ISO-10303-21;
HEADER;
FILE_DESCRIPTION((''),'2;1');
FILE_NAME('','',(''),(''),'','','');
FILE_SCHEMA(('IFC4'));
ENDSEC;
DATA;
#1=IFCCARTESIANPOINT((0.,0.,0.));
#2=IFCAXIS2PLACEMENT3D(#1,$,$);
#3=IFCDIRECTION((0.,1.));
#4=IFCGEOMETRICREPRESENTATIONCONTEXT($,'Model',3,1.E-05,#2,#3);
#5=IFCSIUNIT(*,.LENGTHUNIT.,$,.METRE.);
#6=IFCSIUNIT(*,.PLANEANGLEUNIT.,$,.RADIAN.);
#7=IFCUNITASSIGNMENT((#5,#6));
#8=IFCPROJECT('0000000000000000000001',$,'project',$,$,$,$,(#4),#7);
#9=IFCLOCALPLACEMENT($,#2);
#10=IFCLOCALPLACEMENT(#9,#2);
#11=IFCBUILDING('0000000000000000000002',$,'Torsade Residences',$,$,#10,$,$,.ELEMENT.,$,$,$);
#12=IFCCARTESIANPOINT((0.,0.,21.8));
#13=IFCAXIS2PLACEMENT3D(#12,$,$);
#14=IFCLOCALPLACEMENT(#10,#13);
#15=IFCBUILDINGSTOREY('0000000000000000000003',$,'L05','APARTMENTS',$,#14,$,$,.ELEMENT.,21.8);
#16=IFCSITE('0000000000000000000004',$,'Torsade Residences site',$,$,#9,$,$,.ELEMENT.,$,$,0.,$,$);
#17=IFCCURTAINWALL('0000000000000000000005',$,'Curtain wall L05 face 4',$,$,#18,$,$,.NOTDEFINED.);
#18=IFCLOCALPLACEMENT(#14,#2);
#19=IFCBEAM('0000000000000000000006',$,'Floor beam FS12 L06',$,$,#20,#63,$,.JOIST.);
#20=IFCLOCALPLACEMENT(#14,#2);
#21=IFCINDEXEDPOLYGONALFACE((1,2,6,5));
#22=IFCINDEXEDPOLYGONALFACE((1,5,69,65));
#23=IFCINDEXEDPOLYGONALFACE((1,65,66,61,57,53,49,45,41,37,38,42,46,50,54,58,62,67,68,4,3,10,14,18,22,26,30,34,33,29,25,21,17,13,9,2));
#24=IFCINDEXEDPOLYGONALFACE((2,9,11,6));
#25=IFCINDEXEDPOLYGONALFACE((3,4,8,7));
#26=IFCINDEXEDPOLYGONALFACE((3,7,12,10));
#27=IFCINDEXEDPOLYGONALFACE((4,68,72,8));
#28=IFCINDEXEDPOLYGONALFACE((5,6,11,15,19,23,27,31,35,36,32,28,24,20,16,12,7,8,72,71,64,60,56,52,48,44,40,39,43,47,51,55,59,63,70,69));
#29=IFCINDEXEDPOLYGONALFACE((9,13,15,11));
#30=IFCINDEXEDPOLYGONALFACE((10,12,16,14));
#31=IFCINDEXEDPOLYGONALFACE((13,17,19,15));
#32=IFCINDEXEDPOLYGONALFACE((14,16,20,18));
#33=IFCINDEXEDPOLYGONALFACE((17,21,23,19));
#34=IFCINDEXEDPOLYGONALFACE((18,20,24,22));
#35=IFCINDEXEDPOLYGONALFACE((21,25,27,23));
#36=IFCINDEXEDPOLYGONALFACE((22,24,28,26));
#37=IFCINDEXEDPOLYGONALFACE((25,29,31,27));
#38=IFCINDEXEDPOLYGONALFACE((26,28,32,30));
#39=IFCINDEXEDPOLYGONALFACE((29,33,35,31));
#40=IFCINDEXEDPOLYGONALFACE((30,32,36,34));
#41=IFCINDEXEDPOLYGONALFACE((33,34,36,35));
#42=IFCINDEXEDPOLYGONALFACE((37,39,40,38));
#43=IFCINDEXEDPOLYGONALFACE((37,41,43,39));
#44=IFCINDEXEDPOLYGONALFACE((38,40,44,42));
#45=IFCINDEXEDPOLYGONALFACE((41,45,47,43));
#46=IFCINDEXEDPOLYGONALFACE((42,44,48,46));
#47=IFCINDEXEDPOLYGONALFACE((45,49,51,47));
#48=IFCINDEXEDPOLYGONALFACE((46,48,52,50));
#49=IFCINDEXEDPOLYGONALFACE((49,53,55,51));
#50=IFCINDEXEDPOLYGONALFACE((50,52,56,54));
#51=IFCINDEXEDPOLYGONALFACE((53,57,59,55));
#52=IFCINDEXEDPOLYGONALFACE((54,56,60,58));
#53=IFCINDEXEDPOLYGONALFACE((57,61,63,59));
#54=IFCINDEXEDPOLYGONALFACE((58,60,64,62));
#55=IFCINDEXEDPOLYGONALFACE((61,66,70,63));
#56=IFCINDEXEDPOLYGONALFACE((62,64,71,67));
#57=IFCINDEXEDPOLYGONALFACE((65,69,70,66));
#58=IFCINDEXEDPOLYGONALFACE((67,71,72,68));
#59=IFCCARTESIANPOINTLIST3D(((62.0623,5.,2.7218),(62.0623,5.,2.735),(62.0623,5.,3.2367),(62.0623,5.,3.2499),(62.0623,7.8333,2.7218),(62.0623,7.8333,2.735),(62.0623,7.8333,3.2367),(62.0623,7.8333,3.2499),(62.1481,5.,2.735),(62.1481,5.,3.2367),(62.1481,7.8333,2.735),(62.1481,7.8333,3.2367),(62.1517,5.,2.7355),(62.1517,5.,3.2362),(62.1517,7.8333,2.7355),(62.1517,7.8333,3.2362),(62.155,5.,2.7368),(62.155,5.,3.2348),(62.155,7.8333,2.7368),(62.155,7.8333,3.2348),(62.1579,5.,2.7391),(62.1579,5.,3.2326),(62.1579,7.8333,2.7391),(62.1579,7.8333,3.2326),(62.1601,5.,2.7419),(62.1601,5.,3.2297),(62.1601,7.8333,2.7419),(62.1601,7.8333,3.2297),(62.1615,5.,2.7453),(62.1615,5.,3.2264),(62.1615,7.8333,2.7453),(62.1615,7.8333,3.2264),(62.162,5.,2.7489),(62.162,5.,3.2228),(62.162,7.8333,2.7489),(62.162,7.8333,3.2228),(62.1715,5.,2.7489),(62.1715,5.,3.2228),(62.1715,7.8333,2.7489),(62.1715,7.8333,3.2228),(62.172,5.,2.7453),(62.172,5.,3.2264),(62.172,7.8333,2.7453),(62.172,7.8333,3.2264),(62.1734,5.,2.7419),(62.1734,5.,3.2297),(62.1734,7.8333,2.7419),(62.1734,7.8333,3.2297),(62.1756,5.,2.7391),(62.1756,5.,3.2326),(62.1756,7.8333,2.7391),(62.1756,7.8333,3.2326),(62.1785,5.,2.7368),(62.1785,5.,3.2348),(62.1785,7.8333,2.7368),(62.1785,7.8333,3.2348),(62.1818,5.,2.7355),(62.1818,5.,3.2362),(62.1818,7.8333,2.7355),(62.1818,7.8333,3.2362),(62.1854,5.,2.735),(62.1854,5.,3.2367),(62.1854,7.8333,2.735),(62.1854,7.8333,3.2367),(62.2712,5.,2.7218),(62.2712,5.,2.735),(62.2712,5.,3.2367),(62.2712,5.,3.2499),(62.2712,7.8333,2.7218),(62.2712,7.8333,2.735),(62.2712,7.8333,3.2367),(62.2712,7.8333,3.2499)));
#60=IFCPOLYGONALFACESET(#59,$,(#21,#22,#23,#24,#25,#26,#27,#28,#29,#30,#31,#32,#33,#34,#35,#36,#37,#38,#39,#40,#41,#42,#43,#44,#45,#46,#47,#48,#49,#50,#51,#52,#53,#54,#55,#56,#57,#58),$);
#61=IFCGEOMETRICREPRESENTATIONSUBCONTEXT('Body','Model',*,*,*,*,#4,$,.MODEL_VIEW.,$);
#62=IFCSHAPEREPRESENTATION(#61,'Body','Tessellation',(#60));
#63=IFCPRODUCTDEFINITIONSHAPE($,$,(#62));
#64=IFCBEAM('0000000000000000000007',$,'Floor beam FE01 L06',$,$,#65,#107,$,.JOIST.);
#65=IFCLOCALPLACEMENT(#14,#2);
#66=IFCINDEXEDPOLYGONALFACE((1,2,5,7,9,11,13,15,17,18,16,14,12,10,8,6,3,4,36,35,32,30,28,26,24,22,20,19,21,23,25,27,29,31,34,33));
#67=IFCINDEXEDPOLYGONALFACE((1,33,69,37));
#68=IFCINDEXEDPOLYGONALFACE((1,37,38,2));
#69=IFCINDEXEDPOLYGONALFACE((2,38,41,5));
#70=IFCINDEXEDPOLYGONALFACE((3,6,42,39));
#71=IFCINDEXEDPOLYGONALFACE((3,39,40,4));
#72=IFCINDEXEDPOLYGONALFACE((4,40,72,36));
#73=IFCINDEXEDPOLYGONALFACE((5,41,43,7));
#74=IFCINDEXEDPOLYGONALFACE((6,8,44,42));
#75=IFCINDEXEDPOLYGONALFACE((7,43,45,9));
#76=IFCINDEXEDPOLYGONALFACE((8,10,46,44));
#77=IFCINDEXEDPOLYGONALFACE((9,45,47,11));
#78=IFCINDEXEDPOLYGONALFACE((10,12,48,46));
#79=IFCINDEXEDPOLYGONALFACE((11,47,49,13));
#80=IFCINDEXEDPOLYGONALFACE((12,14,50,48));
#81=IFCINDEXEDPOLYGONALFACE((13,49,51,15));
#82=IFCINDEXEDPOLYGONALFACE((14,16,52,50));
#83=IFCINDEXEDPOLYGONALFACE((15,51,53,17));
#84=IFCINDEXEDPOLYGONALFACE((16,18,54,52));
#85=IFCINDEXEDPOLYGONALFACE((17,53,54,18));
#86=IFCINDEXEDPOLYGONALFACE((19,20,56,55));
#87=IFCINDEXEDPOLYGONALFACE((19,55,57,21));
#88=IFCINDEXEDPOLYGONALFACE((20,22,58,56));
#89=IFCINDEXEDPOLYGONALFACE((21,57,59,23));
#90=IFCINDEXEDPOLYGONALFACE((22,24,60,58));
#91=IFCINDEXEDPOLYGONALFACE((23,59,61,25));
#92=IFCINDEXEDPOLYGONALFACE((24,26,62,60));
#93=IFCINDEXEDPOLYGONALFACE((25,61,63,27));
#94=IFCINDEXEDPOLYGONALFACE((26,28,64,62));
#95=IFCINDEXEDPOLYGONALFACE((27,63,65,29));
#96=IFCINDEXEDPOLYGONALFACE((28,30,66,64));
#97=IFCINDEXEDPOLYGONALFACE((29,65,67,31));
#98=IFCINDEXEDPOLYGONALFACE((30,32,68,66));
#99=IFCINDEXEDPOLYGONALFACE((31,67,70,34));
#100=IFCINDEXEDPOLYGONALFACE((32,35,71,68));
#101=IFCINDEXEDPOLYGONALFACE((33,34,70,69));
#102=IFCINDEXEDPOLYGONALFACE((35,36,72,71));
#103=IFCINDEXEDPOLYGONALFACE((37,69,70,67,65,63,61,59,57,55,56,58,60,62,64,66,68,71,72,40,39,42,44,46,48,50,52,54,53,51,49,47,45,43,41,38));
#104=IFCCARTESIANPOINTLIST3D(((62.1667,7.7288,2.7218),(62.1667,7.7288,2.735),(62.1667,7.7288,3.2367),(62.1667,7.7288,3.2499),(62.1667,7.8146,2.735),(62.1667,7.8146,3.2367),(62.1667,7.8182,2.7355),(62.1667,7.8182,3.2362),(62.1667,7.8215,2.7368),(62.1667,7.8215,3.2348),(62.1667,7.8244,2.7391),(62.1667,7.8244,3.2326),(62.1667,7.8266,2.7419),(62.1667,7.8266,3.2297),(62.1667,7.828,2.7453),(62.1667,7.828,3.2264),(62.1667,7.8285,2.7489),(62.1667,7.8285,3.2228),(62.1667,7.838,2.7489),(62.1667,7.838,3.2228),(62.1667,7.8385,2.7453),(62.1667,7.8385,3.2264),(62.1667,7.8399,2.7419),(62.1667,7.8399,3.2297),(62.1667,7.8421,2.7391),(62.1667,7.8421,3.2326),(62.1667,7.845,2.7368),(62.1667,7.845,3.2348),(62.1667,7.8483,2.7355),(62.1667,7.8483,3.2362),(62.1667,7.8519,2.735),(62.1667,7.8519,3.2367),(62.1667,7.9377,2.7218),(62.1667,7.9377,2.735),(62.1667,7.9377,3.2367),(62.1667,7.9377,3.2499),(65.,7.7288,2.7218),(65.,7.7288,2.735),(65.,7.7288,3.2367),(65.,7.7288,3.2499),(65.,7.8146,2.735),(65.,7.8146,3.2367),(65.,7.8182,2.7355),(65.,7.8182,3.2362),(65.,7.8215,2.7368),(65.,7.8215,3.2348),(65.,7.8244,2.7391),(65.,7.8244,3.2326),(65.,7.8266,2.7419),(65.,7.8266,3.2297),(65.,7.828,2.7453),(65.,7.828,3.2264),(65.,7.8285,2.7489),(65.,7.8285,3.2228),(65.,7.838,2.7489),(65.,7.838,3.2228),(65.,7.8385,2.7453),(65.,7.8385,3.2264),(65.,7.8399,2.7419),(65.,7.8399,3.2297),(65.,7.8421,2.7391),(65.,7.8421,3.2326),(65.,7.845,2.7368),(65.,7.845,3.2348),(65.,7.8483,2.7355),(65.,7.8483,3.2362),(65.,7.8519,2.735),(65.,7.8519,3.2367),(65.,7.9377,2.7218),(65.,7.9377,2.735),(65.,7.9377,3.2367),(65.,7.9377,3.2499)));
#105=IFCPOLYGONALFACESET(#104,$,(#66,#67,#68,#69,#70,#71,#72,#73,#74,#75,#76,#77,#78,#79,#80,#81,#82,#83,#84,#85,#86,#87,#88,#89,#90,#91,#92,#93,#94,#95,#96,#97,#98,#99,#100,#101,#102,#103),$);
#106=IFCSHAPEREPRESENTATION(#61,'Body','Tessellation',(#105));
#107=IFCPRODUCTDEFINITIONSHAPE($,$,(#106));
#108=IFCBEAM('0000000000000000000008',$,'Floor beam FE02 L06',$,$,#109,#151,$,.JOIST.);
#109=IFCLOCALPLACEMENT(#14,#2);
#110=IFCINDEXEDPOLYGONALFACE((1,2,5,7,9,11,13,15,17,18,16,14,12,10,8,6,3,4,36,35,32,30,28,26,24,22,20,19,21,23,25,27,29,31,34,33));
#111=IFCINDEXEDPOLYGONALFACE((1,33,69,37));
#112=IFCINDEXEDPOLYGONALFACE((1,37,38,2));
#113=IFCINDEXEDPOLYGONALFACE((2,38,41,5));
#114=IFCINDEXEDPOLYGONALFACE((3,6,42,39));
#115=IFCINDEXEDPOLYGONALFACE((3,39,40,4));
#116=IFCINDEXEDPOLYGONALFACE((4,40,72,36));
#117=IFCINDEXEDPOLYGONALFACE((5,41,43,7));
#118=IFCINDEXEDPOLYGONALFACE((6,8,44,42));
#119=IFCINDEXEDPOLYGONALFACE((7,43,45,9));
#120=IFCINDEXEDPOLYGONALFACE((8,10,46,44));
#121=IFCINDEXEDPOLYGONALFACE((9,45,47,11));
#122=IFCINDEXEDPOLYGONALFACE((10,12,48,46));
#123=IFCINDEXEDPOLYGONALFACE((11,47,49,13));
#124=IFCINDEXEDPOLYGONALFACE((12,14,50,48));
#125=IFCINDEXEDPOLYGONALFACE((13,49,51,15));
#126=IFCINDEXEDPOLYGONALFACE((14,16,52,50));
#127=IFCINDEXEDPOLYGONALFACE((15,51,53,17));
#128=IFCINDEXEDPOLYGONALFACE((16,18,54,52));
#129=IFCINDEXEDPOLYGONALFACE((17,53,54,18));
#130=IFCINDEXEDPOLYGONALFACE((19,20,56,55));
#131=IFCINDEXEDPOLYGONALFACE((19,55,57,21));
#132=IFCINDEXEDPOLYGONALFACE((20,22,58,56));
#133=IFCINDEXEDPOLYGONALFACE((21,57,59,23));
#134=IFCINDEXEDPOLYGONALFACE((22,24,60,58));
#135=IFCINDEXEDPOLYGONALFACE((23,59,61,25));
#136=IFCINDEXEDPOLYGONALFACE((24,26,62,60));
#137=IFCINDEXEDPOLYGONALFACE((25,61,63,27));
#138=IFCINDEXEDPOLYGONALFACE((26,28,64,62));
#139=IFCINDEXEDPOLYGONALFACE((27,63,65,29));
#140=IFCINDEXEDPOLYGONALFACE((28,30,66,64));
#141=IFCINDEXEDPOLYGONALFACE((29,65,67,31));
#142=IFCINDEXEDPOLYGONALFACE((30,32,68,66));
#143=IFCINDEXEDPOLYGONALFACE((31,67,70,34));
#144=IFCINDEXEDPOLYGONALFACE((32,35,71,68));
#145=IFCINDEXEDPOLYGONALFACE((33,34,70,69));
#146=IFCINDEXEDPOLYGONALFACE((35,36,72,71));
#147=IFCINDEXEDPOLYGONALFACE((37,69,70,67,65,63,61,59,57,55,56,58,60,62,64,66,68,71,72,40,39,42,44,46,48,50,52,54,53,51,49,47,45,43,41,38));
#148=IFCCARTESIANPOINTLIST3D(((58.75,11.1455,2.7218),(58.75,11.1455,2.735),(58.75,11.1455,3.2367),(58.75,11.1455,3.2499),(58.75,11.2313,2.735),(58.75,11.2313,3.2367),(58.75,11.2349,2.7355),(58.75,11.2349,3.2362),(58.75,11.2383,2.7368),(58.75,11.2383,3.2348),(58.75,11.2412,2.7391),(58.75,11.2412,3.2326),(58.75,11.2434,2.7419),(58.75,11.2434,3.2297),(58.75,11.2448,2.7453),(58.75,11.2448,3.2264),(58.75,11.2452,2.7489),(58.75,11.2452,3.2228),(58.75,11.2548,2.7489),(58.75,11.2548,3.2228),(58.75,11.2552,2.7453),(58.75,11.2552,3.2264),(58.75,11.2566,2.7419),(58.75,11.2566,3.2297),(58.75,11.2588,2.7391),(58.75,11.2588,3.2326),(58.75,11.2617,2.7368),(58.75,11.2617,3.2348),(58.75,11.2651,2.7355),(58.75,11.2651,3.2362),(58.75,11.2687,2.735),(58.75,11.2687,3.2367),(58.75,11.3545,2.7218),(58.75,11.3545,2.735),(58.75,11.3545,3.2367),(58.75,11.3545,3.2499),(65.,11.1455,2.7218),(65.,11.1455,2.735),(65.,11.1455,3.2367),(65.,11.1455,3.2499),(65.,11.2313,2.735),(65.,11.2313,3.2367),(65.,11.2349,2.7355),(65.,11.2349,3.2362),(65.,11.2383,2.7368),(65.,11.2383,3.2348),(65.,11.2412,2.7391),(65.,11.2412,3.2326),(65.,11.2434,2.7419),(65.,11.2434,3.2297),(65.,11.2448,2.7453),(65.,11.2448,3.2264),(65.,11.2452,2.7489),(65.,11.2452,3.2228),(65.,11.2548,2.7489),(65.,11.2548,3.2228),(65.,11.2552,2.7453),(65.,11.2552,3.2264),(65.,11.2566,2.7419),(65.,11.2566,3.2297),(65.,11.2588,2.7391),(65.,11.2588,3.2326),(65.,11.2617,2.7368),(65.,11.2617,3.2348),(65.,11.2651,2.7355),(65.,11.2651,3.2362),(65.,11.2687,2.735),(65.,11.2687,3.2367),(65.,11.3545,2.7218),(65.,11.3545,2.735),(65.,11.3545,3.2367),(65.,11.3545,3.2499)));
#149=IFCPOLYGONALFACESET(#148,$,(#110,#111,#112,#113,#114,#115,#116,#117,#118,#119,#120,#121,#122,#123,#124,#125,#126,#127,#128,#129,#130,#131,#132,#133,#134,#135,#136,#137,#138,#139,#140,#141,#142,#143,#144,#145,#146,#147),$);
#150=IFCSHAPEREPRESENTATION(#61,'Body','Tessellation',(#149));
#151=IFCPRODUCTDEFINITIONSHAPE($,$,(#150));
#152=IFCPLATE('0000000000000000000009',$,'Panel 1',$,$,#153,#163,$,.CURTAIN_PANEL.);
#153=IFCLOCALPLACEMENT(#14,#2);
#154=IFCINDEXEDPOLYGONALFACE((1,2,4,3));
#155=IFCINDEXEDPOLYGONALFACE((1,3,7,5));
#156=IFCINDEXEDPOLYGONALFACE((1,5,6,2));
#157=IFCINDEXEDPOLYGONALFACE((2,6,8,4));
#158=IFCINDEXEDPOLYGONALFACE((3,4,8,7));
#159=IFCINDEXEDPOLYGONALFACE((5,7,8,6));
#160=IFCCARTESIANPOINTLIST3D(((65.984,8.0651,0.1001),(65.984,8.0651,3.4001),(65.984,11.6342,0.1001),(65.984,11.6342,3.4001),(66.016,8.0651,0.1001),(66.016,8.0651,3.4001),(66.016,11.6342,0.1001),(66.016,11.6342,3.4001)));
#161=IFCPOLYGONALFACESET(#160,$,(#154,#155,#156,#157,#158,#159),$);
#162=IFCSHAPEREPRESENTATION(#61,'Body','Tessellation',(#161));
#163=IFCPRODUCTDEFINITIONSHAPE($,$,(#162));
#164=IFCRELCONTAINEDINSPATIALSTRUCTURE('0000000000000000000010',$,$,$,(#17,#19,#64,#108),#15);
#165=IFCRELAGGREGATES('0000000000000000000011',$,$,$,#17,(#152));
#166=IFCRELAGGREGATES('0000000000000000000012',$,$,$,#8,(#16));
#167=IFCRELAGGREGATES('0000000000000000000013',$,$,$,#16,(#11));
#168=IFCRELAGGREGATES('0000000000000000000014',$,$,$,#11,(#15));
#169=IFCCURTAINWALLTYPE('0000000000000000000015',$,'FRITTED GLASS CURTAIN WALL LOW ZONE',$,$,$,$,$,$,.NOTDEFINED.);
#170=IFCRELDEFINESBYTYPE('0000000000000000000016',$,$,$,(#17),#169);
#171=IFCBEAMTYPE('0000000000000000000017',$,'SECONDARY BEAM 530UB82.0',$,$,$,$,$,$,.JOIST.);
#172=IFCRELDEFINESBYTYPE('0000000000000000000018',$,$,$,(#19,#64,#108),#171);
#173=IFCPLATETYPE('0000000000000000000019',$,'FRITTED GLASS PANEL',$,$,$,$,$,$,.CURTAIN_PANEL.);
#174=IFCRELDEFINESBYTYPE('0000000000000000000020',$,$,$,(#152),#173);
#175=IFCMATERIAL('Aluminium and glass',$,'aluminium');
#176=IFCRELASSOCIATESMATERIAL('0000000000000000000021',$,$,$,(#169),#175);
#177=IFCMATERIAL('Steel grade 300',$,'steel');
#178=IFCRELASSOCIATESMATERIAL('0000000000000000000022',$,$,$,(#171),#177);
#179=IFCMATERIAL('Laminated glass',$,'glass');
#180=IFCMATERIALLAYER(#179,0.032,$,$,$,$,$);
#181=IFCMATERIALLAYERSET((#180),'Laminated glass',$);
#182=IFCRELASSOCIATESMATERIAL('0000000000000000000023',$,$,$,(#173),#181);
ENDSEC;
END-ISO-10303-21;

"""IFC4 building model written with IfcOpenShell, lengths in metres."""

from ifc_helpers import new_model, si_unit, direction, frame, origin, origin_2d, place, context, subcontext, project, spatial, rectangle, i_section, extrude, material, layer, layer_set, material_profile, profile_set, type_object, element, aggregate, save


model = new_model("IFC4")

# Units and contexts
model_context = context("Model", 3, precision=1e-05, world=origin(), true_north=direction((0.0, 1.0)))
body_context = subcontext(model_context, "Body", "Model", "MODEL_VIEW")
ifc_project = project(units=[si_unit("LENGTHUNIT", "METRE"), si_unit("PLANEANGLEUNIT", "RADIAN")], contexts=[model_context])

# Site, building, storey
site_placement = place(None, origin())
site = spatial("IfcSite", under=ifc_project, at=site_placement, Name="Torsade Residences site", CompositionType="ELEMENT", RefElevation=0.0)
building_placement = place(site_placement, origin())
building = spatial("IfcBuilding", under=site, at=building_placement, Name="Torsade Residences", CompositionType="ELEMENT")
storey_placement = place(building_placement, frame((0.0, 0.0, 21.8)))
storey = spatial("IfcBuildingStorey", under=building, at=storey_placement, Name="L05", Description="APARTMENTS", CompositionType="ELEMENT", Elevation=21.8)

# Curtain wall
ifc_material_1 = material(Name="Aluminium and glass", Category="aluminium")
curtain_wall_type = type_object("IfcCurtainWallType", Name="FRITTED GLASS CURTAIN WALL LOW ZONE", PredefinedType="NOTDEFINED", material=ifc_material_1)
curtain_wall_placement = place(storey_placement, origin())
curtain_wall = element("IfcCurtainWall", 1, at=curtain_wall_placement, inside=storey, type_object=curtain_wall_type, Name="Curtain wall L05 face 4", PredefinedType="NOTDEFINED")

# Beams
ifc_material_2 = material(Name="Steel grade 300", Category="steel")
ifc_material_profile_1 = material_profile(ifc_material_2, i_section(OverallWidth=0.209, OverallDepth=0.5281, WebThickness=0.0095, FlangeThickness=0.0132, FilletRadius=0.0139, at=origin_2d()), Name="530UB82.0")
ifc_profile_set_1 = profile_set([ifc_material_profile_1], Name="Steel grade 300")
beam_type_1 = type_object("IfcBeamType", Name="SECONDARY BEAM 530UB82.0", PredefinedType="JOIST", material=ifc_profile_set_1)
for number, where, z_axis, x_axis, name in (
    (2, (62.1667, 5.0, 2.9858), (0.0, 1.0, 0.0), (-1.0, 0.0, 0.0), "Floor beam FS12 L06"),
    (3, (65.0, 7.8333, 2.9858), (-1.0, 0.0, 0.0), (0.0, -1.0, 0.0), "Floor beam FE01 L06"),
):
    element("IfcBeam", number, at=place(storey_placement, frame(where, z_axis=z_axis, x_axis=x_axis)), inside=storey, type_object=beam_type_1, Name=name, PredefinedType="JOIST", context=body_context, shape_type="SweptSolid", body=[
        extrude(i_section(OverallWidth=0.209, OverallDepth=0.5281, WebThickness=0.0095, FlangeThickness=0.0132, FilletRadius=0.0139, at=origin_2d()), origin(), (0.0, 0.0, 1.0), 2.8333),
    ])
beam_1_placement = place(storey_placement, frame((65.0, 11.25, 2.9858), z_axis=(-1.0, 0.0, 0.0), x_axis=(0.0, -1.0, 0.0)))
element("IfcBeam", 4, at=beam_1_placement, inside=storey, type_object=beam_type_1, Name="Floor beam FE02 L06", PredefinedType="JOIST", context=body_context, shape_type="SweptSolid", body=[
    extrude(i_section(OverallWidth=0.209, OverallDepth=0.5281, WebThickness=0.0095, FlangeThickness=0.0132, FilletRadius=0.0139, at=origin_2d()), origin(), (0.0, 0.0, 1.0), 6.25),
])

# Plate
ifc_material_3 = material(Name="Laminated glass", Category="glass")
ifc_layer_1 = layer(ifc_material_3, 0.032)
ifc_layer_set_1 = layer_set([ifc_layer_1], Name="Laminated glass")
plate_type = type_object("IfcPlateType", Name="FRITTED GLASS PANEL", PredefinedType="CURTAIN_PANEL", material=ifc_layer_set_1)
plate_placement = place(storey_placement, frame((66.0, 9.8496, 0.1001), z_axis=(0.0, 0.0, 1.0), x_axis=(0.0, 1.0, 0.0)))
plate = element("IfcPlate", 5, at=plate_placement, type_object=plate_type, Name="Panel 1", PredefinedType="CURTAIN_PANEL", context=body_context, shape_type="SweptSolid", body=[
    extrude(rectangle(XDim=3.5691, YDim=0.032, at=origin_2d()), origin(), (0.0, 0.0, 1.0), 3.3),
])
aggregate(curtain_wall, [plate])

save(model, "model.ifc")
